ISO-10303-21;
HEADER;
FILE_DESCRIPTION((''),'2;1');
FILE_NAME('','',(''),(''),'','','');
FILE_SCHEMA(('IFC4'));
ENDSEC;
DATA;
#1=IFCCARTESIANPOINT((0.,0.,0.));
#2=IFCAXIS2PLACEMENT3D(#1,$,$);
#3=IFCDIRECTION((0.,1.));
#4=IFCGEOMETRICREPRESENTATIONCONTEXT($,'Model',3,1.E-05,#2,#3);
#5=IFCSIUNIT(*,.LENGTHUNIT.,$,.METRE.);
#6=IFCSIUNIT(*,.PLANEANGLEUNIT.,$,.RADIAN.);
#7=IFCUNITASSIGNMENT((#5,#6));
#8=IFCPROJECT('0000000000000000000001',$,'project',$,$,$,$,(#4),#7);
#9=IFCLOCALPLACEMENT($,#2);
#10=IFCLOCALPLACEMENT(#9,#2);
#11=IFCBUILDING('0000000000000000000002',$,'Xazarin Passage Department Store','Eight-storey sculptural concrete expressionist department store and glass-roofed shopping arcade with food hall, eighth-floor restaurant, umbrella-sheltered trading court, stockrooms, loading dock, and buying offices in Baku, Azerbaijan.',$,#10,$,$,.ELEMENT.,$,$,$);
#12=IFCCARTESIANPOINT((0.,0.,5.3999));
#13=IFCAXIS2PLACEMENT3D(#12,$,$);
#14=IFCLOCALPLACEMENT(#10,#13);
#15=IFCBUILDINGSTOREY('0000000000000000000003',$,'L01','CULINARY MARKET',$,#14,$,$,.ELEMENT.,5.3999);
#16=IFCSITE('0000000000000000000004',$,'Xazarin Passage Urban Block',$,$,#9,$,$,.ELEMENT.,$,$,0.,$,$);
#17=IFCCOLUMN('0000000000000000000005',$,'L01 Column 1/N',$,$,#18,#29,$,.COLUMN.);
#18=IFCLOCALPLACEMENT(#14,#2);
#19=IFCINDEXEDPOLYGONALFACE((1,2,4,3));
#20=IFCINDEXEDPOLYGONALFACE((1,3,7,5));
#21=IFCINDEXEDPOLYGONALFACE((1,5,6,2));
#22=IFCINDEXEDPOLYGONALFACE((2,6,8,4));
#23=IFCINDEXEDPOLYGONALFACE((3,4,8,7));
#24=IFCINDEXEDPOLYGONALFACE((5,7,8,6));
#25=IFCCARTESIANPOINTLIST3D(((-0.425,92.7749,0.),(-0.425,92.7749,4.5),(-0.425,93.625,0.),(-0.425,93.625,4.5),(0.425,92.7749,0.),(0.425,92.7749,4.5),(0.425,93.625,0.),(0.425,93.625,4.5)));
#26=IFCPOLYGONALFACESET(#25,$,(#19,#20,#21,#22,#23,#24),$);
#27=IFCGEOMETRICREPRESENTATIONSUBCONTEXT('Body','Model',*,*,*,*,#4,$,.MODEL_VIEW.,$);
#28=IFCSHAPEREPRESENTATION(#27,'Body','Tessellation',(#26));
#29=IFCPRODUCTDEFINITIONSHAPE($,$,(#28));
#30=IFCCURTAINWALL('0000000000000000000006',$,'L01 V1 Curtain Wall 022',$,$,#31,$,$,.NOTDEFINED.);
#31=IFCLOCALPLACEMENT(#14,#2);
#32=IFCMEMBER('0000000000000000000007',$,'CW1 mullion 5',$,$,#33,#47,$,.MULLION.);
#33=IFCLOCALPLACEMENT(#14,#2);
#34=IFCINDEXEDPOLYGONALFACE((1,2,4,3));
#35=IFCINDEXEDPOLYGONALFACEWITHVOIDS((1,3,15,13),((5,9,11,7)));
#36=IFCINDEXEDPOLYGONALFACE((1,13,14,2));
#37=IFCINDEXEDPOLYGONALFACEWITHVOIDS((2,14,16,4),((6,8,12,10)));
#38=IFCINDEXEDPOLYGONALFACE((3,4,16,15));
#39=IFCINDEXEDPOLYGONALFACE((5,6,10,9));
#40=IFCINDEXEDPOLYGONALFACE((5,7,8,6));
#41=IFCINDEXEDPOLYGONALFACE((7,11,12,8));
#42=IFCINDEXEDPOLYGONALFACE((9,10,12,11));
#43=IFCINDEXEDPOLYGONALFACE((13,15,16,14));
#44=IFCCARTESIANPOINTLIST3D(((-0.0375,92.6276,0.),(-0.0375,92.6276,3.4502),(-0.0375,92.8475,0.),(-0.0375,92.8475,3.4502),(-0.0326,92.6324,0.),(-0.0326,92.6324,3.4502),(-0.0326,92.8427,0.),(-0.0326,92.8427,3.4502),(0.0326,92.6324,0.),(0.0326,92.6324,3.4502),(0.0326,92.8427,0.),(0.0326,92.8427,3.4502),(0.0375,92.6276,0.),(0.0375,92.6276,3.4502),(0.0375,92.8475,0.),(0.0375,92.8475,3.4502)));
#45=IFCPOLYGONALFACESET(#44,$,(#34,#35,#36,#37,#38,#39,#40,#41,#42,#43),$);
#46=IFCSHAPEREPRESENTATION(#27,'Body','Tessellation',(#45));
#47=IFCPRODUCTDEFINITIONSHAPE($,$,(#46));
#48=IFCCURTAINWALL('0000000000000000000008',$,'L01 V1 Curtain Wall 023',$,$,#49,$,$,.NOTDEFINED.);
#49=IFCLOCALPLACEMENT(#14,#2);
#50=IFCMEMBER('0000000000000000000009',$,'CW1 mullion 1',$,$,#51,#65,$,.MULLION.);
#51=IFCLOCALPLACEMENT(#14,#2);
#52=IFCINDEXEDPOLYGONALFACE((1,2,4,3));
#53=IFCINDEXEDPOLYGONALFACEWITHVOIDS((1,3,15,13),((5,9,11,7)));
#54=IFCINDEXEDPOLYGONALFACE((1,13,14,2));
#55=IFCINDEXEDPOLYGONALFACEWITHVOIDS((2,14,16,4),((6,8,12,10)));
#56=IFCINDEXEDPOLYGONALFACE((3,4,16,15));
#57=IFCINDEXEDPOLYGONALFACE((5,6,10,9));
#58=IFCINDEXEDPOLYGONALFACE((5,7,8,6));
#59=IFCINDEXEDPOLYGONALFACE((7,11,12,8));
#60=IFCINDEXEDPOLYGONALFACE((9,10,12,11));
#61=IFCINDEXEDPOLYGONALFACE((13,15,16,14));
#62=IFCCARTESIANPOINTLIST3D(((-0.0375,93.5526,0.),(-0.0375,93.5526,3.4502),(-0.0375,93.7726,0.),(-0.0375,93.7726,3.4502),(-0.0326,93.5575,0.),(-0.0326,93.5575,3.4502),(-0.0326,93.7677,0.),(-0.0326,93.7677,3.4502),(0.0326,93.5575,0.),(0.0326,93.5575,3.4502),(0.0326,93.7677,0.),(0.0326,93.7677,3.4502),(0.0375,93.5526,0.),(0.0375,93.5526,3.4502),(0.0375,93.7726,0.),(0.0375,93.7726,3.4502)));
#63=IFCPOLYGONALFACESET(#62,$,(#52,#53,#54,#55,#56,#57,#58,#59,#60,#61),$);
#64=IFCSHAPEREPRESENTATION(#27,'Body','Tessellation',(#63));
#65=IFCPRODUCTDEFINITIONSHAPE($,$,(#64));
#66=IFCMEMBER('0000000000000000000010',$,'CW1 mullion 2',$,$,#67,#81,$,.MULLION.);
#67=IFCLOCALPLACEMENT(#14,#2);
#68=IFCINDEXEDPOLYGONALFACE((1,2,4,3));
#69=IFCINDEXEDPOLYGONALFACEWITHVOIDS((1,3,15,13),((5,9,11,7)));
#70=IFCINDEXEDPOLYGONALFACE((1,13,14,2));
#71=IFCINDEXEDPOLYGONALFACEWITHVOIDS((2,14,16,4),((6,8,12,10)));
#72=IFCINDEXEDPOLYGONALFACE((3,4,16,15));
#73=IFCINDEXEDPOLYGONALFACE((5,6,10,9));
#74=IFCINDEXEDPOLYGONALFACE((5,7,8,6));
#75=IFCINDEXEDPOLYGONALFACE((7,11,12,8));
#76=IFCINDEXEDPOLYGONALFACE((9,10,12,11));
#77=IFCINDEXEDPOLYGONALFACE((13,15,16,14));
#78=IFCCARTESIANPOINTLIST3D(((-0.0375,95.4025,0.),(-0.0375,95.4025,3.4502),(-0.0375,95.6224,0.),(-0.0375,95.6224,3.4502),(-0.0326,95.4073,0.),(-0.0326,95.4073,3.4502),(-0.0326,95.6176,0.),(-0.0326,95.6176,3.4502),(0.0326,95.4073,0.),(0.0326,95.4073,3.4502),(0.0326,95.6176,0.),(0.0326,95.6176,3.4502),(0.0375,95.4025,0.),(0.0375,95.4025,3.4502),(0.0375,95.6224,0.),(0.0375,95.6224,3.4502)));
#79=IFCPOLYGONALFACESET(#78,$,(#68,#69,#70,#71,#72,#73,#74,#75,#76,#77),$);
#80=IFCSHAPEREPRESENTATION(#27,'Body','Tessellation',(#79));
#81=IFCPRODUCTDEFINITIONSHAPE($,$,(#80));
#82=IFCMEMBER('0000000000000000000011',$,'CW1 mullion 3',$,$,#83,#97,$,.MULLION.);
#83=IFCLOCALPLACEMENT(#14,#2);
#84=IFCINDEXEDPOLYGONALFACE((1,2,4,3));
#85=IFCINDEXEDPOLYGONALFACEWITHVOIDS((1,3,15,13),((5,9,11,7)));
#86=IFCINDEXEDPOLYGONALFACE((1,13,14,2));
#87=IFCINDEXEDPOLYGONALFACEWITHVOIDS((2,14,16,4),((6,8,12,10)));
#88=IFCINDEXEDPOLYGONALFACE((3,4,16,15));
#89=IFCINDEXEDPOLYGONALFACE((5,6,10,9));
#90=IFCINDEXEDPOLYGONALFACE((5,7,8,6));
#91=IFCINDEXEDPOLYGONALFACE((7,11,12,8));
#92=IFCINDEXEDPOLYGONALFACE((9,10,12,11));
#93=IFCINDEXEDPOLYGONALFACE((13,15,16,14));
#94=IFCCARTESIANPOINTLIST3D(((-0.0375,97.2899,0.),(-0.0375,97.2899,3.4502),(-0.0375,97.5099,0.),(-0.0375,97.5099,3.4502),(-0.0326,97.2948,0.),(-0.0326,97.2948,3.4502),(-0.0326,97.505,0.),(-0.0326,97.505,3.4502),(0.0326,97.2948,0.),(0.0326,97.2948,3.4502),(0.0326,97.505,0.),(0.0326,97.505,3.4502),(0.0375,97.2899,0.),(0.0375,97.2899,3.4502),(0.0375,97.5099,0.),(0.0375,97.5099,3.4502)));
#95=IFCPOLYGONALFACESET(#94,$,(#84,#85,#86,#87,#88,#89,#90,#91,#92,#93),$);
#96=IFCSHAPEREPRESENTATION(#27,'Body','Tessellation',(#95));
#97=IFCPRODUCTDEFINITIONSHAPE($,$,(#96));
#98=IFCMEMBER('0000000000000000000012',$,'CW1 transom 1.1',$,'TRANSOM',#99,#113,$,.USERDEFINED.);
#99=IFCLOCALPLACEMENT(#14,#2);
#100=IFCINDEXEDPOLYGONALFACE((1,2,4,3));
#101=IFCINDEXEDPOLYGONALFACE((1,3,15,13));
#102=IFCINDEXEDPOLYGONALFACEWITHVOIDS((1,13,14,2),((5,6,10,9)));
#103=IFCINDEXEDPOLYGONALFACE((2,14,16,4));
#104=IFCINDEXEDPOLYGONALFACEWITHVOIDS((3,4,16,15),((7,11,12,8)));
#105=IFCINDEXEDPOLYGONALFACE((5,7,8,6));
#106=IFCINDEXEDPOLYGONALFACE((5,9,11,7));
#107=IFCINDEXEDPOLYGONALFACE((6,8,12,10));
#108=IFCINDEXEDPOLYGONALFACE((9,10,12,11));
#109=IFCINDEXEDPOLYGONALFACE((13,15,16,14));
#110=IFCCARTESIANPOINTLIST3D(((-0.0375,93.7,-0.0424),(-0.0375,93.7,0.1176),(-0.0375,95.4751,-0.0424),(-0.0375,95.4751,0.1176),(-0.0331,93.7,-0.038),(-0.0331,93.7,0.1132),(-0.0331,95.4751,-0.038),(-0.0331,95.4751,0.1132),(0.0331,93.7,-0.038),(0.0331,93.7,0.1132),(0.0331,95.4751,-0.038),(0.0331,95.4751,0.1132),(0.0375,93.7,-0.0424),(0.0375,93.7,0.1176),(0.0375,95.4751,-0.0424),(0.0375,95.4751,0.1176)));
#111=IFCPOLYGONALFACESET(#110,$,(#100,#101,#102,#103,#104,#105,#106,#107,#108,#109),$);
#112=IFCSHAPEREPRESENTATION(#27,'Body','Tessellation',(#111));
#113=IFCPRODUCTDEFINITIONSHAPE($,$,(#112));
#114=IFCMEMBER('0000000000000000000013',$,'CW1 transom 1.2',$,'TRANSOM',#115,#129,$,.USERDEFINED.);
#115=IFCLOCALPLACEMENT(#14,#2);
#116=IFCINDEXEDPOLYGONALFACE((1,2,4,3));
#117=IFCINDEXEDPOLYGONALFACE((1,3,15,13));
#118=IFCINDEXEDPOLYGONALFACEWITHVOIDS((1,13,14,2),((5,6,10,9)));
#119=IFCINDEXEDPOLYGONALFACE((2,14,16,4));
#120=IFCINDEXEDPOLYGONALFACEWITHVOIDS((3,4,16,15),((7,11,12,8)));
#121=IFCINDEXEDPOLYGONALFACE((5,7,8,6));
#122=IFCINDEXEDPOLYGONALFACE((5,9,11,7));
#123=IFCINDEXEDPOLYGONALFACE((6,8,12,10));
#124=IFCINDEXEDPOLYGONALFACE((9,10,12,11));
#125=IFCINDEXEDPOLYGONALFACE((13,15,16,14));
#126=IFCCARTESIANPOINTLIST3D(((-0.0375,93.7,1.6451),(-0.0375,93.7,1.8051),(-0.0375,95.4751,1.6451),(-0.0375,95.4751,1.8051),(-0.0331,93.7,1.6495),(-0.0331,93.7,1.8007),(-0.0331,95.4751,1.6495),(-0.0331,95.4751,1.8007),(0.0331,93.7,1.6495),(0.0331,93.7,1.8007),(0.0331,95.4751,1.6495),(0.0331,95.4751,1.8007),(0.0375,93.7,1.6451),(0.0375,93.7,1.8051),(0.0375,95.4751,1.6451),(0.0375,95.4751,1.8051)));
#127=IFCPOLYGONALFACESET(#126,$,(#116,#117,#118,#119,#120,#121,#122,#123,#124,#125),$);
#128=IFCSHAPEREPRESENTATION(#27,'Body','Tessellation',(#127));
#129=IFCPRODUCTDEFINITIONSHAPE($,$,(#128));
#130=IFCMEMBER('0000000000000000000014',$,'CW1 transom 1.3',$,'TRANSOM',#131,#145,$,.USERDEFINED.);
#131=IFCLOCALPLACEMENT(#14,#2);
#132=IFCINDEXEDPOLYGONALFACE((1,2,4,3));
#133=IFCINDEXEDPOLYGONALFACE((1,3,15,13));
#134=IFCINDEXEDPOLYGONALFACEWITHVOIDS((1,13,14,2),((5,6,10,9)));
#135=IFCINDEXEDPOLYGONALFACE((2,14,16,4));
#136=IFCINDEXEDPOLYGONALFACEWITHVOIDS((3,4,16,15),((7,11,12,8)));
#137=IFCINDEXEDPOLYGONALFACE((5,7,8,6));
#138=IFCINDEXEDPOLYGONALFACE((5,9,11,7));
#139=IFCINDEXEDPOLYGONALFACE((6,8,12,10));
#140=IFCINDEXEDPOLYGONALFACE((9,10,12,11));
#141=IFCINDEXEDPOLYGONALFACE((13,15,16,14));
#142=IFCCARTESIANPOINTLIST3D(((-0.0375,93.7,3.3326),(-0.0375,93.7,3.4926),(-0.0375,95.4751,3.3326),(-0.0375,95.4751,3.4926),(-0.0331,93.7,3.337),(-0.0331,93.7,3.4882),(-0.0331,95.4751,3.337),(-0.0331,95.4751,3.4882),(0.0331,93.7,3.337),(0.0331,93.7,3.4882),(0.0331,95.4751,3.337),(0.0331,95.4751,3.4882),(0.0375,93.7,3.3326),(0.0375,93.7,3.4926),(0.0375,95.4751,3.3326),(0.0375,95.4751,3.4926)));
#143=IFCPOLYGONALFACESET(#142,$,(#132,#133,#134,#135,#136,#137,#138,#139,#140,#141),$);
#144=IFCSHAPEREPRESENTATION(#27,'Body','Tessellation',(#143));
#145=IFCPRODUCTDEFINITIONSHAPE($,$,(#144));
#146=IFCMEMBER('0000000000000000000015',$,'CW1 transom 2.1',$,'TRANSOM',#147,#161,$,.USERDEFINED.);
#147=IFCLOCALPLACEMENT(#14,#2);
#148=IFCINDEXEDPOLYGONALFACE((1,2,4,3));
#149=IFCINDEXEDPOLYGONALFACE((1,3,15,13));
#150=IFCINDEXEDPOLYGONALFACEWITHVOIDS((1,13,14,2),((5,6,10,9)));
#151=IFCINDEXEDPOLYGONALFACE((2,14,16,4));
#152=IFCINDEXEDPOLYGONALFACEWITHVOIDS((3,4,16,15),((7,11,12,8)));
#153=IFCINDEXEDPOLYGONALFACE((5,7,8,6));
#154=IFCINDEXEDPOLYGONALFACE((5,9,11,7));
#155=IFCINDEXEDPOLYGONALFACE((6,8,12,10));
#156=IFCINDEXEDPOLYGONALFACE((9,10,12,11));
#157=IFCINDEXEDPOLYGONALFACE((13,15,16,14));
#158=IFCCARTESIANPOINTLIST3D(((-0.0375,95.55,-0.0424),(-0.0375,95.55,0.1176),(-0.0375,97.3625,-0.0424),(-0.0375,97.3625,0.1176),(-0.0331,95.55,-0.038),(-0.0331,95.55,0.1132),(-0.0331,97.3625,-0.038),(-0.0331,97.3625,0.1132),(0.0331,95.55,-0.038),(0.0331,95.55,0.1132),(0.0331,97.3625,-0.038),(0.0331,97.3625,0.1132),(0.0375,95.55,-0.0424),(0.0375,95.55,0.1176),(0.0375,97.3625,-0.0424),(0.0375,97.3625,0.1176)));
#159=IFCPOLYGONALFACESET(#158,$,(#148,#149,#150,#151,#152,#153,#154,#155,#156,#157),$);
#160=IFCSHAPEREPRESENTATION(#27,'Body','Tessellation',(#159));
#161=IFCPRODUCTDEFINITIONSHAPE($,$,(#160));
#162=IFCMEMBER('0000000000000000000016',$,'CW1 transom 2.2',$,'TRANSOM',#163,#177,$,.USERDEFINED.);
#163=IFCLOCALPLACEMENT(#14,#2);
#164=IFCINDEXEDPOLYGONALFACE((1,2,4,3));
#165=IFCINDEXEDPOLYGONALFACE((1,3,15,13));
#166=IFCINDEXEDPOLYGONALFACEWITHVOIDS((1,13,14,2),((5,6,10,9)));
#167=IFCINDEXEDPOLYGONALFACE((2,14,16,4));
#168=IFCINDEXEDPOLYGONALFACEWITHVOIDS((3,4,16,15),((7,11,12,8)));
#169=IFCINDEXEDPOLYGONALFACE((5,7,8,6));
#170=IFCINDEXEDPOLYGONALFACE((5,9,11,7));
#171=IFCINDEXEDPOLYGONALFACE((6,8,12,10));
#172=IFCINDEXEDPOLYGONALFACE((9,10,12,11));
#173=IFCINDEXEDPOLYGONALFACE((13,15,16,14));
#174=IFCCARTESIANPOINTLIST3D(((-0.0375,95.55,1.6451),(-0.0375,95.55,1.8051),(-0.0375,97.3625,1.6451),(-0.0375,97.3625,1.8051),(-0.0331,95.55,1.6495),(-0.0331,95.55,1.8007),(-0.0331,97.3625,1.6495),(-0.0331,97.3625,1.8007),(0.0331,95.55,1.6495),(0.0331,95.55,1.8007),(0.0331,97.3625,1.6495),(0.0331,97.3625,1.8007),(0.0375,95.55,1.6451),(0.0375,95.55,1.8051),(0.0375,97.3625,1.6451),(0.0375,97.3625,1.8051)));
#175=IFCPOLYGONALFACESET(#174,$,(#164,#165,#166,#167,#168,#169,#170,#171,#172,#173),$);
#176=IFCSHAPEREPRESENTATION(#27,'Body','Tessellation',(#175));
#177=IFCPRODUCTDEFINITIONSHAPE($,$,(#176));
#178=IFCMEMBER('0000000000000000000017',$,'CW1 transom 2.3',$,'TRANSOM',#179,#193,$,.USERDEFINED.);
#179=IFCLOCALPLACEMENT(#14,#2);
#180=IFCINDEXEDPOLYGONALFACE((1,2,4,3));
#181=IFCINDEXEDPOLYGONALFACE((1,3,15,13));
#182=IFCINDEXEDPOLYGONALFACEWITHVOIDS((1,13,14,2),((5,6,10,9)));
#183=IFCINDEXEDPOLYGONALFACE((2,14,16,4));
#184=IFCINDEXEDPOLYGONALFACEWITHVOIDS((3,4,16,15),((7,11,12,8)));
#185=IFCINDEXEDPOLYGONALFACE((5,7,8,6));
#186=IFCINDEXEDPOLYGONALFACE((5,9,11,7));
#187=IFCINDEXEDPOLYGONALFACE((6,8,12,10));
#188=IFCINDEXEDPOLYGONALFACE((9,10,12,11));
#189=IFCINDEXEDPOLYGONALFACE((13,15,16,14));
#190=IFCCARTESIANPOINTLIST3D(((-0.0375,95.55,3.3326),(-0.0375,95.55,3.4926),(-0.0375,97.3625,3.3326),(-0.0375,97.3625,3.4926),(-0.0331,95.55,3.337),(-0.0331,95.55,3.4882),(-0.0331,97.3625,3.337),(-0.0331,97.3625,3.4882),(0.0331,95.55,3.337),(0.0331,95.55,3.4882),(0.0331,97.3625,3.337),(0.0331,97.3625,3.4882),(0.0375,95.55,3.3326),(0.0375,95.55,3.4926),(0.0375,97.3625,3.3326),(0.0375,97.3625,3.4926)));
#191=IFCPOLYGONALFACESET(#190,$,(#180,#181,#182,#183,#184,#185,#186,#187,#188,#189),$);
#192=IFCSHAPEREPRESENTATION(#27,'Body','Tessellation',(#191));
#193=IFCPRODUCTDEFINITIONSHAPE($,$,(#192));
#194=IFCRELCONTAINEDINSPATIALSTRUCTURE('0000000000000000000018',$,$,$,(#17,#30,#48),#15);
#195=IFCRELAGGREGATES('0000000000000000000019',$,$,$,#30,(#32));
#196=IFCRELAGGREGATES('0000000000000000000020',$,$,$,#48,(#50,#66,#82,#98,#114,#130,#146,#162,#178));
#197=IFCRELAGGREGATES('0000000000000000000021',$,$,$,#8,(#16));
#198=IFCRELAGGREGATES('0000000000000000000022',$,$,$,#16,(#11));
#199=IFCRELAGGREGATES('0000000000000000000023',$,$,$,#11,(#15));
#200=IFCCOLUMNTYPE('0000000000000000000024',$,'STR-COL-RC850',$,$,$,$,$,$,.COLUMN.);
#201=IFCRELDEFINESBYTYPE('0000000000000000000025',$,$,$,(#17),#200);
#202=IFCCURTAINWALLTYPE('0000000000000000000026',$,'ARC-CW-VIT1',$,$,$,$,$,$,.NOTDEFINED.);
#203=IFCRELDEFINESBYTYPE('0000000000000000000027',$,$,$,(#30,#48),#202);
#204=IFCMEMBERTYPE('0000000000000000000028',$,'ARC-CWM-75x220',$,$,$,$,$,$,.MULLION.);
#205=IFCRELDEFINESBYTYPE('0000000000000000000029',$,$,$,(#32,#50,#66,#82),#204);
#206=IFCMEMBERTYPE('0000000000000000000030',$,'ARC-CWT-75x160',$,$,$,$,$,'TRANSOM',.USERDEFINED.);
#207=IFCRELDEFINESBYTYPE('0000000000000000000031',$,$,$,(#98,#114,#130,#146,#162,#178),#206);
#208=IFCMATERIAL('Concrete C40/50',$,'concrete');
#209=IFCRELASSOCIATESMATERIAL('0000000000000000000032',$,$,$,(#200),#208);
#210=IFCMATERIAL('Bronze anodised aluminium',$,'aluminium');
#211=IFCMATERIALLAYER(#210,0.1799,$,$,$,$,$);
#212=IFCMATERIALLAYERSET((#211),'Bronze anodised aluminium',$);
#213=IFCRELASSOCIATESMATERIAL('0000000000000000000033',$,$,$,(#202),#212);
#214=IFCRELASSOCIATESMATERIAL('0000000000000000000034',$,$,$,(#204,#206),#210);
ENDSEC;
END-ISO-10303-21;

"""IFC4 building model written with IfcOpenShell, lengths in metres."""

from ifc_helpers import new_model, si_unit, direction, frame, origin, origin_2d, place, context, subcontext, project, spatial, rectangle, hollow_rectangle, extrude, material, layer, layer_set, material_profile, profile_set, type_object, element, aggregate, save


model = new_model("IFC4")

# Units and contexts
model_context = context("Model", 3, precision=1e-05, world=origin(), true_north=direction((0.0, 1.0)))
body_context = subcontext(model_context, "Body", "Model", "MODEL_VIEW")
ifc_project = project(units=[si_unit("LENGTHUNIT", "METRE"), si_unit("PLANEANGLEUNIT", "RADIAN")], contexts=[model_context])

# Site, building, storey
site_placement = place(None, origin())
site = spatial("IfcSite", under=ifc_project, at=site_placement, Name="Xazarin Passage Urban Block", CompositionType="ELEMENT", RefElevation=0.0)
building_placement = place(site_placement, origin())
building = spatial("IfcBuilding", under=site, at=building_placement, Name="Xazarin Passage Department Store", Description="Eight-storey sculptural concrete expressionist department store and glass-roofed shopping arcade with food hall, eighth-floor restaurant, umbrella-sheltered trading court, stockrooms, loading dock, and buying offices in Baku, Azerbaijan.", CompositionType="ELEMENT")
storey_placement = place(building_placement, frame((0.0, 0.0, 5.3999)))
storey = spatial("IfcBuildingStorey", under=building, at=storey_placement, Name="L01", Description="CULINARY MARKET", CompositionType="ELEMENT", Elevation=5.3999)

# Column
ifc_material_1 = material(Name="Concrete C40/50", Category="concrete")
ifc_material_profile_1 = material_profile(ifc_material_1, rectangle(XDim=0.8501, YDim=0.8501, at=origin_2d()), Name="RC 850x850")
ifc_profile_set_1 = profile_set([ifc_material_profile_1], Name="Concrete C40/50")
column_type = type_object("IfcColumnType", Name="STR-COL-RC850", PredefinedType="COLUMN", material=ifc_profile_set_1)
column_placement = place(storey_placement, frame((0.0, 93.2, 0.0), z_axis=(0.0, 0.0, 1.0), x_axis=(1.0, 0.0, 0.0)))
element("IfcColumn", 1, at=column_placement, inside=storey, type_object=column_type, Name="L01 Column 1/N", PredefinedType="COLUMN", context=body_context, shape_type="SweptSolid", body=[
    extrude(rectangle(XDim=0.8501, YDim=0.8501, at=origin_2d()), origin(), (0.0, 0.0, 1.0), 4.5),
])

# Curtain wall, member
ifc_material_2 = material(Name="Bronze anodised aluminium", Category="aluminium")
ifc_layer_1 = layer(ifc_material_2, 0.1799)
ifc_layer_set_1 = layer_set([ifc_layer_1], Name="Bronze anodised aluminium")
curtain_wall_type = type_object("IfcCurtainWallType", Name="ARC-CW-VIT1", PredefinedType="NOTDEFINED", material=ifc_layer_set_1)
curtain_wall_1_placement = place(storey_placement, origin())
curtain_wall_1 = element("IfcCurtainWall", 2, at=curtain_wall_1_placement, inside=storey, type_object=curtain_wall_type, Name="L01 V1 Curtain Wall 022", PredefinedType="NOTDEFINED")
ifc_material_profile_2 = material_profile(ifc_material_2, hollow_rectangle(XDim=0.075, YDim=0.22, WallThickness=0.0049, at=origin_2d()), Name="ALU 75x220")
ifc_profile_set_2 = profile_set([ifc_material_profile_2], Name="Bronze anodised aluminium")
member_type_1 = type_object("IfcMemberType", Name="ARC-CWM-75x220", PredefinedType="MULLION", material=ifc_profile_set_2)
member_1_placement = place(storey_placement, frame((0.0, 92.7375, 0.0), z_axis=(0.0, 0.0, 1.0), x_axis=(-1.0, 0.0, 0.0)))
member_1 = element("IfcMember", 3, at=member_1_placement, type_object=member_type_1, Name="CW1 mullion 5", PredefinedType="MULLION", context=body_context, shape_type="SweptSolid", body=[
    extrude(hollow_rectangle(XDim=0.075, YDim=0.22, WallThickness=0.0049, at=origin_2d()), origin(), (0.0, 0.0, 1.0), 3.4502),
])

# Curtain wall, members
curtain_wall_2_placement = place(storey_placement, origin())
curtain_wall_2 = element("IfcCurtainWall", 4, at=curtain_wall_2_placement, inside=storey, type_object=curtain_wall_type, Name="L01 V1 Curtain Wall 023", PredefinedType="NOTDEFINED")
member_2_placement = place(storey_placement, frame((0.0, 93.6626, 0.0), z_axis=(0.0, 0.0, 1.0), x_axis=(-1.0, 0.0, 0.0)))
member_2 = element("IfcMember", 5, at=member_2_placement, type_object=member_type_1, Name="CW1 mullion 1", PredefinedType="MULLION", context=body_context, shape_type="SweptSolid", body=[
    extrude(hollow_rectangle(XDim=0.075, YDim=0.22, WallThickness=0.0049, at=origin_2d()), origin(), (0.0, 0.0, 1.0), 3.4502),
])
member_3_placement = place(storey_placement, frame((0.0, 95.5125, 0.0), z_axis=(0.0, 0.0, 1.0), x_axis=(-1.0, 0.0, 0.0)))
member_3 = element("IfcMember", 6, at=member_3_placement, type_object=member_type_1, Name="CW1 mullion 2", PredefinedType="MULLION", context=body_context, shape_type="SweptSolid", body=[
    extrude(hollow_rectangle(XDim=0.075, YDim=0.22, WallThickness=0.0049, at=origin_2d()), origin(), (0.0, 0.0, 1.0), 3.4502),
])
member_4_placement = place(storey_placement, frame((0.0, 97.3999, 0.0), z_axis=(0.0, 0.0, 1.0), x_axis=(-1.0, 0.0, 0.0)))
member_4 = element("IfcMember", 7, at=member_4_placement, type_object=member_type_1, Name="CW1 mullion 3", PredefinedType="MULLION", context=body_context, shape_type="SweptSolid", body=[
    extrude(hollow_rectangle(XDim=0.075, YDim=0.22, WallThickness=0.0049, at=origin_2d()), origin(), (0.0, 0.0, 1.0), 3.4502),
])
ifc_material_profile_3 = material_profile(ifc_material_2, hollow_rectangle(XDim=0.075, YDim=0.1599, WallThickness=0.0044, at=origin_2d()), Name="ALU 75x160")
ifc_profile_set_3 = profile_set([ifc_material_profile_3], Name="Bronze anodised aluminium")
member_type_2 = type_object("IfcMemberType", Name="ARC-CWT-75x160", ElementType="TRANSOM", PredefinedType="USERDEFINED", material=ifc_profile_set_3)
member_5_placement = place(storey_placement, frame((0.0, 93.7, 0.0376), z_axis=(0.0, 1.0, 0.0), x_axis=(-1.0, 0.0, 0.0)))
member_5 = element("IfcMember", 8, at=member_5_placement, type_object=member_type_2, Name="CW1 transom 1.1", ObjectType="TRANSOM", PredefinedType="USERDEFINED", context=body_context, shape_type="SweptSolid", body=[
    extrude(hollow_rectangle(XDim=0.075, YDim=0.1599, WallThickness=0.0044, at=origin_2d()), origin(), (0.0, 0.0, 1.0), 1.7751),
])
member_6_placement = place(storey_placement, frame((0.0, 93.7, 1.7251), z_axis=(0.0, 1.0, 0.0), x_axis=(-1.0, 0.0, 0.0)))
member_6 = element("IfcMember", 9, at=member_6_placement, type_object=member_type_2, Name="CW1 transom 1.2", ObjectType="TRANSOM", PredefinedType="USERDEFINED", context=body_context, shape_type="SweptSolid", body=[
    extrude(hollow_rectangle(XDim=0.075, YDim=0.1599, WallThickness=0.0044, at=origin_2d()), origin(), (0.0, 0.0, 1.0), 1.7751),
])
member_7_placement = place(storey_placement, frame((0.0, 93.7, 3.4126), z_axis=(0.0, 1.0, 0.0), x_axis=(-1.0, 0.0, 0.0)))
member_7 = element("IfcMember", 10, at=member_7_placement, type_object=member_type_2, Name="CW1 transom 1.3", ObjectType="TRANSOM", PredefinedType="USERDEFINED", context=body_context, shape_type="SweptSolid", body=[
    extrude(hollow_rectangle(XDim=0.075, YDim=0.1599, WallThickness=0.0044, at=origin_2d()), origin(), (0.0, 0.0, 1.0), 1.7751),
])
member_8_placement = place(storey_placement, frame((0.0, 95.55, 0.0376), z_axis=(0.0, 1.0, 0.0), x_axis=(-1.0, 0.0, 0.0)))
member_8 = element("IfcMember", 11, at=member_8_placement, type_object=member_type_2, Name="CW1 transom 2.1", ObjectType="TRANSOM", PredefinedType="USERDEFINED", context=body_context, shape_type="SweptSolid", body=[
    extrude(hollow_rectangle(XDim=0.075, YDim=0.1599, WallThickness=0.0044, at=origin_2d()), origin(), (0.0, 0.0, 1.0), 1.8125),
])
member_9_placement = place(storey_placement, frame((0.0, 95.55, 1.7251), z_axis=(0.0, 1.0, 0.0), x_axis=(-1.0, 0.0, 0.0)))
member_9 = element("IfcMember", 12, at=member_9_placement, type_object=member_type_2, Name="CW1 transom 2.2", ObjectType="TRANSOM", PredefinedType="USERDEFINED", context=body_context, shape_type="SweptSolid", body=[
    extrude(hollow_rectangle(XDim=0.075, YDim=0.1599, WallThickness=0.0044, at=origin_2d()), origin(), (0.0, 0.0, 1.0), 1.8125),
])
member_10_placement = place(storey_placement, frame((0.0, 95.55, 3.4126), z_axis=(0.0, 1.0, 0.0), x_axis=(-1.0, 0.0, 0.0)))
member_10 = element("IfcMember", 13, at=member_10_placement, type_object=member_type_2, Name="CW1 transom 2.3", ObjectType="TRANSOM", PredefinedType="USERDEFINED", context=body_context, shape_type="SweptSolid", body=[
    extrude(hollow_rectangle(XDim=0.075, YDim=0.1599, WallThickness=0.0044, at=origin_2d()), origin(), (0.0, 0.0, 1.0), 1.8125),
])

aggregate(curtain_wall_1, [member_1])
aggregate(curtain_wall_2, [member_2, member_3, member_4, member_5, member_6, member_7, member_8, member_9, member_10])

save(model, "model.ifc")
